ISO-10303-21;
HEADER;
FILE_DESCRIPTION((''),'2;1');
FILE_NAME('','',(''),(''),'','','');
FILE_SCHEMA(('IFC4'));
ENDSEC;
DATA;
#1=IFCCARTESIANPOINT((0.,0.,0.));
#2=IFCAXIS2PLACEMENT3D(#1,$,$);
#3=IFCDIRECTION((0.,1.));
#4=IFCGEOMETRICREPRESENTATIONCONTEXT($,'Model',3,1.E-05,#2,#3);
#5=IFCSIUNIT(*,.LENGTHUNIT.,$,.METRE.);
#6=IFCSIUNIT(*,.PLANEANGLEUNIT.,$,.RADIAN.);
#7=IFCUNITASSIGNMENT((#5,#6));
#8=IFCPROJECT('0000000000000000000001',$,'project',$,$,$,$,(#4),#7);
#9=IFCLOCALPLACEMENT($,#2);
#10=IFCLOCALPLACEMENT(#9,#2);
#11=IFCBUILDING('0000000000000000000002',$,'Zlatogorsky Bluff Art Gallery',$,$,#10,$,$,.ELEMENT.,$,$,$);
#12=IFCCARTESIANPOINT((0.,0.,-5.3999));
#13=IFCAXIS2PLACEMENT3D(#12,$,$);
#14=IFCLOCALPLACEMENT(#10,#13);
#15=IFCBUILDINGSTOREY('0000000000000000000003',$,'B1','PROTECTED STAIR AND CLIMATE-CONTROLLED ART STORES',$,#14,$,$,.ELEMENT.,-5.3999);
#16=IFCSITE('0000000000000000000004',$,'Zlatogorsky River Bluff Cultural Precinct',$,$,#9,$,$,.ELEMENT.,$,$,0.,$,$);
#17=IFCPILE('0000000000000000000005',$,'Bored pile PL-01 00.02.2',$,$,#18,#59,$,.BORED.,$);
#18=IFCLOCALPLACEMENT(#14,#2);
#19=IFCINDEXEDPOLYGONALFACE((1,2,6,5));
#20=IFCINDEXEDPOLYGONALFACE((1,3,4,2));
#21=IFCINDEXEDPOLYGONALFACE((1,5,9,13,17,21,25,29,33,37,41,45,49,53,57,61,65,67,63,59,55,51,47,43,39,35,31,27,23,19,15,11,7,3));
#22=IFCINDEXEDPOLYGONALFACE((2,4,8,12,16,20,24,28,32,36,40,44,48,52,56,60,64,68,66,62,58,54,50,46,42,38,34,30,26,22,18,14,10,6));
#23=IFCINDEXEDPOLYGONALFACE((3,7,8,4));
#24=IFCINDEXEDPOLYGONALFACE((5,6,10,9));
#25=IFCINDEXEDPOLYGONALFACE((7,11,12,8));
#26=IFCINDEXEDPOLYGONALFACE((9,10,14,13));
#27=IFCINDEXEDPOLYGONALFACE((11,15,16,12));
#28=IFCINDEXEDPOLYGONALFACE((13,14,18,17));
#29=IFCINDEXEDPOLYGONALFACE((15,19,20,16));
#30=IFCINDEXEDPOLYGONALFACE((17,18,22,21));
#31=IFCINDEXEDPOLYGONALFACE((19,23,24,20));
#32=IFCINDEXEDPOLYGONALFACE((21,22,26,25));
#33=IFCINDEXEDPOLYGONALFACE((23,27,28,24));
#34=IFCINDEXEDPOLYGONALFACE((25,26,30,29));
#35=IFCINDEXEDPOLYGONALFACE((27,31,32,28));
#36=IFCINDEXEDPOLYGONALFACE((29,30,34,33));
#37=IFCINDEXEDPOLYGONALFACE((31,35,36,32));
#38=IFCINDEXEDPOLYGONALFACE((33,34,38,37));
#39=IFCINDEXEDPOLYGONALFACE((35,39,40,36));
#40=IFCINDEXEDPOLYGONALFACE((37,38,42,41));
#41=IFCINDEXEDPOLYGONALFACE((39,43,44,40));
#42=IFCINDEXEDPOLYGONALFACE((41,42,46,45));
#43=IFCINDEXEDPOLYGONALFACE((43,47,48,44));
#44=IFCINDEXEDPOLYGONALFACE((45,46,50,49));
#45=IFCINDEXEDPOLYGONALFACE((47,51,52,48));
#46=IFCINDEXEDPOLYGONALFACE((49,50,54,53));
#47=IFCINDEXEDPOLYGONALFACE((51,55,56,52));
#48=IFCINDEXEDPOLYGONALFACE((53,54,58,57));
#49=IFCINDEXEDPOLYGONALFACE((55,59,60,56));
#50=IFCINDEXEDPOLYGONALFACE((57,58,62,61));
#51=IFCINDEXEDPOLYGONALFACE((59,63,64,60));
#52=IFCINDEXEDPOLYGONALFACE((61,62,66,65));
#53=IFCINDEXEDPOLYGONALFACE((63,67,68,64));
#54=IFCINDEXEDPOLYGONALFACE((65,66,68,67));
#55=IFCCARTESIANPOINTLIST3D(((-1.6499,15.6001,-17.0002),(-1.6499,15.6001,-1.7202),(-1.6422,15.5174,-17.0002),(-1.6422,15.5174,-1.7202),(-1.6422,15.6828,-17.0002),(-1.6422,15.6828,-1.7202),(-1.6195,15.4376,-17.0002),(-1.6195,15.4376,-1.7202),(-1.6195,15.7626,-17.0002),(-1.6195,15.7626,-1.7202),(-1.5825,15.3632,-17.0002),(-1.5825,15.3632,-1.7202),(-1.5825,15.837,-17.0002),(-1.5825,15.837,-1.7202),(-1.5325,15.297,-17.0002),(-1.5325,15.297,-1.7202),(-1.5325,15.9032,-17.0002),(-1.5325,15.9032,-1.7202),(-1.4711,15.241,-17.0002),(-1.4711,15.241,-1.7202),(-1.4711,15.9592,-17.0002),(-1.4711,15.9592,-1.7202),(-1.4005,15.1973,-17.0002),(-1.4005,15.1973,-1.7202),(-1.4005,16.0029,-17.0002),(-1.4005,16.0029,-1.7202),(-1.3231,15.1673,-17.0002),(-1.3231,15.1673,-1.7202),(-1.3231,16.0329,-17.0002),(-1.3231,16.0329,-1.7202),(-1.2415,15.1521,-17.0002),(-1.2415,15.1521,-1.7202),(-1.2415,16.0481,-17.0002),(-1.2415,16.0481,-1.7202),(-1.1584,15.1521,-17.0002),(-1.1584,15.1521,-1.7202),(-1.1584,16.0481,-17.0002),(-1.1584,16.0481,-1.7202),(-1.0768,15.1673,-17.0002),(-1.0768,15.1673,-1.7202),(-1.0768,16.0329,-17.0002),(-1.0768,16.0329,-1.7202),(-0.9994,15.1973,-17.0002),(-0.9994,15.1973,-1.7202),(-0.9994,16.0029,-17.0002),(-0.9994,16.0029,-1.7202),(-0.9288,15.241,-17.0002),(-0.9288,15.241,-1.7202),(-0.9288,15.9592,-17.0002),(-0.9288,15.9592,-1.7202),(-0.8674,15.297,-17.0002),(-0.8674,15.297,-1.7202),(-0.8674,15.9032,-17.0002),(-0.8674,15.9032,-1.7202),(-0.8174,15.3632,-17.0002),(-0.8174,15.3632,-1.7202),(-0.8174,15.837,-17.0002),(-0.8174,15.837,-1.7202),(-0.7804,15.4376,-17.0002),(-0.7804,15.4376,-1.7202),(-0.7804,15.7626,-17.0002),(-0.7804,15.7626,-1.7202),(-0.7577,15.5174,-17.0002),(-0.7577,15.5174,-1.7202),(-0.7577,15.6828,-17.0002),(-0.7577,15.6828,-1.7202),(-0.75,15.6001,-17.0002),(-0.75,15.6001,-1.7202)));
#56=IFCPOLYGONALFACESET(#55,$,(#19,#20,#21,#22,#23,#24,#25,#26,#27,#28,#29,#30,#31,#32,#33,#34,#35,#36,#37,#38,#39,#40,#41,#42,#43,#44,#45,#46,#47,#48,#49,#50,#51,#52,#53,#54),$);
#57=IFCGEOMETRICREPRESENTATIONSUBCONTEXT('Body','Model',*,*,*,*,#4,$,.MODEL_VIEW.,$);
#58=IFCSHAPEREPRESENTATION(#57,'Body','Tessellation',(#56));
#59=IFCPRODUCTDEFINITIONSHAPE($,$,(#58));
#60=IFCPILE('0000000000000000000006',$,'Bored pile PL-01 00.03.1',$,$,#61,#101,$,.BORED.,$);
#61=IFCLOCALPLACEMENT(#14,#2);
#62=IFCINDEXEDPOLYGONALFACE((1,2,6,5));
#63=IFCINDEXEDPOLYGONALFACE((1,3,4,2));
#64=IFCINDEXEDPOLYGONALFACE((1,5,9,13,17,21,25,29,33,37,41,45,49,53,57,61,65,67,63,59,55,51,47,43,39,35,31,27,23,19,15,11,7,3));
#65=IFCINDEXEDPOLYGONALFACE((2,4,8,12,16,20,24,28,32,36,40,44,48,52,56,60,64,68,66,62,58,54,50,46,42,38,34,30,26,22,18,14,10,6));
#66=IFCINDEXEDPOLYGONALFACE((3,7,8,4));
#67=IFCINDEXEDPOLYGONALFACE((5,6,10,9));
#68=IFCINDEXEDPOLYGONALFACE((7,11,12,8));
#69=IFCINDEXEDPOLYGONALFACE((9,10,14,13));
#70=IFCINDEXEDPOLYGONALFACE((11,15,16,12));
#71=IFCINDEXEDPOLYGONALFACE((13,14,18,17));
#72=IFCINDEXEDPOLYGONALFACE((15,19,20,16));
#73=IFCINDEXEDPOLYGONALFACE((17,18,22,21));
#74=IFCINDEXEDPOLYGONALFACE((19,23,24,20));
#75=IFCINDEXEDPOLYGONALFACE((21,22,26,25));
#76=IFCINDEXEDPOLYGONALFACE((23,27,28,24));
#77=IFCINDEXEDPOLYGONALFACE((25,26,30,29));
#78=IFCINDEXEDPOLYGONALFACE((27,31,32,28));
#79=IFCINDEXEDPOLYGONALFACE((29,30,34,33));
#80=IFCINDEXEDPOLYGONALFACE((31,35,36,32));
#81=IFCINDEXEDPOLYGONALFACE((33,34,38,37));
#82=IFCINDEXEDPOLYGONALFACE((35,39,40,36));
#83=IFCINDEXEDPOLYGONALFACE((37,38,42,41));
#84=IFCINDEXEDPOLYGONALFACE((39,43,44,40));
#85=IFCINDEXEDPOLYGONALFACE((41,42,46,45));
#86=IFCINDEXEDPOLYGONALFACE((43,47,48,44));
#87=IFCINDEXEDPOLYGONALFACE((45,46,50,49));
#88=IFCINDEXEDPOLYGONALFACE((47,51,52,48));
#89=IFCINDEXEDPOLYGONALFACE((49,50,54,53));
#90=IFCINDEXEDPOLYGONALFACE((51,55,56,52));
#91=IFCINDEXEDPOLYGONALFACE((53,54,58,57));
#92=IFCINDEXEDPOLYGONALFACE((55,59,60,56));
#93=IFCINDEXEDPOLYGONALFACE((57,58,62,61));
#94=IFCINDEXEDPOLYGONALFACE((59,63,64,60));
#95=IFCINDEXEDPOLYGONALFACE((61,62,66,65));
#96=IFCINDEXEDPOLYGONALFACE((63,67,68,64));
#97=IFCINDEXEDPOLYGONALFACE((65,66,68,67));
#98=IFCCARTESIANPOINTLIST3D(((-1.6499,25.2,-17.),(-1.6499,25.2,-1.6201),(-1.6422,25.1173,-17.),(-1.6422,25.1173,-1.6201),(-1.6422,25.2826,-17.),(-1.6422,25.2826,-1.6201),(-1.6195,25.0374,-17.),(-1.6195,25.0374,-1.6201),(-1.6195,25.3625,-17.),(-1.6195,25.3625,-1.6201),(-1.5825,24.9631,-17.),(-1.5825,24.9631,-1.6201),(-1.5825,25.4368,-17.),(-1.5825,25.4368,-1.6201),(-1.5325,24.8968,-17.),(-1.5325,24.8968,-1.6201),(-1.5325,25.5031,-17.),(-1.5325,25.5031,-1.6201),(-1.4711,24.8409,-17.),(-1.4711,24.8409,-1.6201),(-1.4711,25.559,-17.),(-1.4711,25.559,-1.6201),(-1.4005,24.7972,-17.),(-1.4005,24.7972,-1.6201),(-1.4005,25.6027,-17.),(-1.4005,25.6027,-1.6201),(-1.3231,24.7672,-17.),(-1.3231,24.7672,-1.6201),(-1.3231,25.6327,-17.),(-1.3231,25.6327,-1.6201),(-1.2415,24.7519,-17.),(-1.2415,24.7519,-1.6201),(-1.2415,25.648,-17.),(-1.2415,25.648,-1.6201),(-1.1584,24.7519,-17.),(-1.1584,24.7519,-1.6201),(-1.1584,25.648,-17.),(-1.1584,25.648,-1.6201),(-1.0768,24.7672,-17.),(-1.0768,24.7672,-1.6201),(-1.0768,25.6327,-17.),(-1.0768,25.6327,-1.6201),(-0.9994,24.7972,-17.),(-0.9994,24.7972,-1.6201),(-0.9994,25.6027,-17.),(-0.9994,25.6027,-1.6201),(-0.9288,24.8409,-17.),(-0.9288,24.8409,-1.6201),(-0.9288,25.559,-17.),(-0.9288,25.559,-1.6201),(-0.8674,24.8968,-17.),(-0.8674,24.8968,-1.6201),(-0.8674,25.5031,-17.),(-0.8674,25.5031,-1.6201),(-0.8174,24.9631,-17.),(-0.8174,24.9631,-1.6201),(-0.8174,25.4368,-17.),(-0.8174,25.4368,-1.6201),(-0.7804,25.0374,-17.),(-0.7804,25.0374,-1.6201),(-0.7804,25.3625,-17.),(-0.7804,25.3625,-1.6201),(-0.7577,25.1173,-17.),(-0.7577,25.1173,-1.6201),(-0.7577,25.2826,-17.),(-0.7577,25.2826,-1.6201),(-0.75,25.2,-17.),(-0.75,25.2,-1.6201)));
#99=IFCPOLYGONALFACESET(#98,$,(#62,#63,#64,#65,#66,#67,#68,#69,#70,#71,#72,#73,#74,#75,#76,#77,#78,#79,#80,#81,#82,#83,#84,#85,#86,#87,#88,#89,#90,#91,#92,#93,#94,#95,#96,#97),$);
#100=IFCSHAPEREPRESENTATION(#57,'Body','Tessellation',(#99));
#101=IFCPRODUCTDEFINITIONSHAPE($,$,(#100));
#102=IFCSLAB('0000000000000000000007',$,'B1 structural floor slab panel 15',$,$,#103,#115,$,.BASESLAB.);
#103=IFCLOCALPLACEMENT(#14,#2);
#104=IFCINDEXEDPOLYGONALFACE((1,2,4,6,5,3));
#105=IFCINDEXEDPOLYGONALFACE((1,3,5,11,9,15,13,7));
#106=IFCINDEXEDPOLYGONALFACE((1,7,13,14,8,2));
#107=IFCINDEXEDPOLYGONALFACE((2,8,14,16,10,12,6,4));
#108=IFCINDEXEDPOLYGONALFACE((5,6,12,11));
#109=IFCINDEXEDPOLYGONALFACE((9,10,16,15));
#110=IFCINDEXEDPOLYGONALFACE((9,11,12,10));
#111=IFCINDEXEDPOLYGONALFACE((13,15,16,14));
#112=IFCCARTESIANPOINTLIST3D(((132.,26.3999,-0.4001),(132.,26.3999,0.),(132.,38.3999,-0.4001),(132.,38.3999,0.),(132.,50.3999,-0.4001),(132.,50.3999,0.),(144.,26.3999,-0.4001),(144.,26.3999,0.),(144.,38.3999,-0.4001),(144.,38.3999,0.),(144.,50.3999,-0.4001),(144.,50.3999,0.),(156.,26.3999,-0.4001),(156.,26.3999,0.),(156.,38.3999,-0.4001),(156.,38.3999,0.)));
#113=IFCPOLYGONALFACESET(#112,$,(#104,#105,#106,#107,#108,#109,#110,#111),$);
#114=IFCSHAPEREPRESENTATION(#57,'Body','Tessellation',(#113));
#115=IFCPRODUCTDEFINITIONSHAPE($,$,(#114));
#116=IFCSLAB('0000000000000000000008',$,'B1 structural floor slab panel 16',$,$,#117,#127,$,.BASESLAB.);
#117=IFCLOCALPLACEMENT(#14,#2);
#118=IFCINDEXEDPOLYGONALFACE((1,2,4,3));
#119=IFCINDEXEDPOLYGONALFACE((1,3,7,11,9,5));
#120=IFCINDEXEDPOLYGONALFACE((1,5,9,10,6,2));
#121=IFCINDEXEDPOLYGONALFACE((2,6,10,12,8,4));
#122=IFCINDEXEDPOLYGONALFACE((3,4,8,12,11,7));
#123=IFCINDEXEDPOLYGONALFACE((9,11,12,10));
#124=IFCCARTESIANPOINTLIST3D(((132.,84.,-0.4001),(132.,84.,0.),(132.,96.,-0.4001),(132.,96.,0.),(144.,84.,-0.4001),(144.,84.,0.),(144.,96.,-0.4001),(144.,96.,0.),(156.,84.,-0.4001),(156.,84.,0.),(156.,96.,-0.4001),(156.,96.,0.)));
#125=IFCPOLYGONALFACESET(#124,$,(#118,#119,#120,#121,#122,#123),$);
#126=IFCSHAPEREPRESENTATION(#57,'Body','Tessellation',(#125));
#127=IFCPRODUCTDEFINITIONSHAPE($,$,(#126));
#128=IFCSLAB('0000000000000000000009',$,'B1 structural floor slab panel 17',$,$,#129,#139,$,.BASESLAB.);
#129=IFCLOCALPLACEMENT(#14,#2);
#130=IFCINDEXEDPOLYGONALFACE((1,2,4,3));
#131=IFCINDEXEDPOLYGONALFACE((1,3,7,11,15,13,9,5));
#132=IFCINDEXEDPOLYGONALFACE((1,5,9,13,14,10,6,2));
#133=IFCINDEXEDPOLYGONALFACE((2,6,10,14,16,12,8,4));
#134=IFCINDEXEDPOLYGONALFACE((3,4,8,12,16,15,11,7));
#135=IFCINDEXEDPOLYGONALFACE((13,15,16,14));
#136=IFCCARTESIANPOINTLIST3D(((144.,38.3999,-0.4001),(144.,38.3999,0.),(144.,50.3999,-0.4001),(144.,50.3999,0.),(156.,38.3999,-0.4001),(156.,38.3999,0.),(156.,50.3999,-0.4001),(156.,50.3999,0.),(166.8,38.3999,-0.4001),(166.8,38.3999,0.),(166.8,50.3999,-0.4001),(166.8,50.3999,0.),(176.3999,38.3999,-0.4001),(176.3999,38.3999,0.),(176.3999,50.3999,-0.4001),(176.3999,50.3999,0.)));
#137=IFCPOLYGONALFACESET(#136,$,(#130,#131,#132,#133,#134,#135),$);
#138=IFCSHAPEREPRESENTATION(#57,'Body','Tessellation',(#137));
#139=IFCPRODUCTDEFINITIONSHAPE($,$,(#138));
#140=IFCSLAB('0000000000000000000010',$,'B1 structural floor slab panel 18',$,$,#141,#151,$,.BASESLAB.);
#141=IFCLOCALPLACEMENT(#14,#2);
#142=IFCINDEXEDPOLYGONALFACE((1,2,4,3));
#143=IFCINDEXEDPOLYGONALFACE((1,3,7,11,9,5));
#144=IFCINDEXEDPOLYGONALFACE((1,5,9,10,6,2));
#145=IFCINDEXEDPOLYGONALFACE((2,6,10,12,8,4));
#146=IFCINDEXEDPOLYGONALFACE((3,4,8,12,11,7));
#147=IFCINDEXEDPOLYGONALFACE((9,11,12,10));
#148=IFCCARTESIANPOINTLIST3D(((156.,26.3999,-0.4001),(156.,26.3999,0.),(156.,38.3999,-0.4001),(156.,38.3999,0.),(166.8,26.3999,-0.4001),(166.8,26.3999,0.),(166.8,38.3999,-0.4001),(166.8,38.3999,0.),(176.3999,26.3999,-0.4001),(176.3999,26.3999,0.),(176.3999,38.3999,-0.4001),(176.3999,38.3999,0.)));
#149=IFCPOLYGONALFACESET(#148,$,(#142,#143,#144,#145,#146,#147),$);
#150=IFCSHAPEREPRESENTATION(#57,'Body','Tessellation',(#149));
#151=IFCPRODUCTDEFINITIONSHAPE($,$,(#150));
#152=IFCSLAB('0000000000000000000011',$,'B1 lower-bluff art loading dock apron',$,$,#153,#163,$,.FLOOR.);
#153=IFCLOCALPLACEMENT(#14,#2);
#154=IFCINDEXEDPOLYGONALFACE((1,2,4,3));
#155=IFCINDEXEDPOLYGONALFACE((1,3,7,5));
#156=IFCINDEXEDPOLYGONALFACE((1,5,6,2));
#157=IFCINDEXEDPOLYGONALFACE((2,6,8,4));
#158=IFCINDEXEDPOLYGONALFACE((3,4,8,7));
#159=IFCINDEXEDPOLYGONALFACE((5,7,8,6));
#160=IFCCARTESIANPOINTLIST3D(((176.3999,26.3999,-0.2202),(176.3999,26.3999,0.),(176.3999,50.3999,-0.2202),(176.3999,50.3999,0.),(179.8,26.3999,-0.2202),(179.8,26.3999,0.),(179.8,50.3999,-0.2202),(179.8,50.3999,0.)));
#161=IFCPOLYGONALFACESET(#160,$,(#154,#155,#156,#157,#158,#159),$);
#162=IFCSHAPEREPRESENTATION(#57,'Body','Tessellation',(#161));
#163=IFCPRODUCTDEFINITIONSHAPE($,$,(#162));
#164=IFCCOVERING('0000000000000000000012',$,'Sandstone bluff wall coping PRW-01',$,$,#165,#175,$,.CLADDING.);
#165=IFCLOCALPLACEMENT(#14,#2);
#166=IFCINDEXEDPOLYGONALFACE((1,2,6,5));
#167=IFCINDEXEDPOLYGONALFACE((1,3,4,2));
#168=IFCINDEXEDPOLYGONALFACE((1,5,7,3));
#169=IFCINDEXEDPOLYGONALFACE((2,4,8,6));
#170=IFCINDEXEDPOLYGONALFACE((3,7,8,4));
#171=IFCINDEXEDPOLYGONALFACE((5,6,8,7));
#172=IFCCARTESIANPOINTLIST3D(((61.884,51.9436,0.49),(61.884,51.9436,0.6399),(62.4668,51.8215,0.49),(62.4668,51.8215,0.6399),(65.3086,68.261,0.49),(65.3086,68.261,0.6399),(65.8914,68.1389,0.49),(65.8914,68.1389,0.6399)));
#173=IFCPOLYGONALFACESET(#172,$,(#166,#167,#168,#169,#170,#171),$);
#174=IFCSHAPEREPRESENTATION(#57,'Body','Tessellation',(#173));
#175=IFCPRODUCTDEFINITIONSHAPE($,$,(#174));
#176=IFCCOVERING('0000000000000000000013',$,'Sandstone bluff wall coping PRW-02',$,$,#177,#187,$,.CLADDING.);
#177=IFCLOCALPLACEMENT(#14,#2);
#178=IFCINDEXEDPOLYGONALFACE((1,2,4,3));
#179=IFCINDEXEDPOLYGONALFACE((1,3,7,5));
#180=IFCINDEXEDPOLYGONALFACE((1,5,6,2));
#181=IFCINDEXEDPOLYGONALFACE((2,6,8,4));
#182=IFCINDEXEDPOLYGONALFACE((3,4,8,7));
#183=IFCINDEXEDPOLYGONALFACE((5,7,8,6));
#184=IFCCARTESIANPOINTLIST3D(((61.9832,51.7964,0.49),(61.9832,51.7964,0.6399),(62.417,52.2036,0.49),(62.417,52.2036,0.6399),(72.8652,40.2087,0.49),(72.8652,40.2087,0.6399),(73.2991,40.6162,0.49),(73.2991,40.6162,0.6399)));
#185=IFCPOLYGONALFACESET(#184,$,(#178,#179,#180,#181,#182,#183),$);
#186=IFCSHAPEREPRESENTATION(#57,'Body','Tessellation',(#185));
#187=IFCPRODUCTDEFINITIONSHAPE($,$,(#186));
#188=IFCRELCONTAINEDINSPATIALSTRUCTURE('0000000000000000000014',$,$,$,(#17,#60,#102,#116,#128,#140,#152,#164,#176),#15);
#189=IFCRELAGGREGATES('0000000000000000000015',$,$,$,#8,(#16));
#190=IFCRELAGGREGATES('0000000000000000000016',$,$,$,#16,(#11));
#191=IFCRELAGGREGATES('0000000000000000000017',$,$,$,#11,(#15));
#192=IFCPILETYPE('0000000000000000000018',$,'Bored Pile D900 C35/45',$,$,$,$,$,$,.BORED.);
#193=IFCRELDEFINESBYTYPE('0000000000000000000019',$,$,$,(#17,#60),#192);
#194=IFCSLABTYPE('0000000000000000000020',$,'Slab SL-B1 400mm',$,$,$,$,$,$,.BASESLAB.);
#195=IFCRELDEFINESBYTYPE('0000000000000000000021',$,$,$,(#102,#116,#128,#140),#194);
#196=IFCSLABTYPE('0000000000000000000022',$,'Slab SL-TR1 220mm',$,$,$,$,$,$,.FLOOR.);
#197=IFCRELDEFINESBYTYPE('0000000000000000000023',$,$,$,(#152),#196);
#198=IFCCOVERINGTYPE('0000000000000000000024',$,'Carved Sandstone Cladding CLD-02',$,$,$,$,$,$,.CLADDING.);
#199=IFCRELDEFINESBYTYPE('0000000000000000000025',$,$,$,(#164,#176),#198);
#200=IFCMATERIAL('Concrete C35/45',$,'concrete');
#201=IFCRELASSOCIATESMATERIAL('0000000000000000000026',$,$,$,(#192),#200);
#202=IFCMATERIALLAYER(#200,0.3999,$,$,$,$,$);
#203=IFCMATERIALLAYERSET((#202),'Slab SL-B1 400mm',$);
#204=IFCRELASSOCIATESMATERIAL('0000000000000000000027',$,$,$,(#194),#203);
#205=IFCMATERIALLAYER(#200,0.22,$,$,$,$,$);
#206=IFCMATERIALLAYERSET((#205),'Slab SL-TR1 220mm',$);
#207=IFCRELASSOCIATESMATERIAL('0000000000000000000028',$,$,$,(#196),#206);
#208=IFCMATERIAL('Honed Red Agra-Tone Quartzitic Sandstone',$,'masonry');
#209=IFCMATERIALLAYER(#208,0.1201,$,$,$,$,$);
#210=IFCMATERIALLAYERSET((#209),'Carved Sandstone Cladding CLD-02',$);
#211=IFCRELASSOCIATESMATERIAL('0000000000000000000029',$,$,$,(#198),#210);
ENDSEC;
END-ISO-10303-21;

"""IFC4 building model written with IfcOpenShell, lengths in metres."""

from ifc_helpers import new_model, si_unit, direction, frame, origin, origin_2d, place, context, subcontext, project, spatial, polyline, circle, outline, extrude, material, layer, layer_set, material_profile, profile_set, type_object, element, save


model = new_model("IFC4")

# Units and contexts
model_context = context("Model", 3, precision=1e-05, world=origin(), true_north=direction((0.0, 1.0)))
body_context = subcontext(model_context, "Body", "Model", "MODEL_VIEW")
ifc_project = project(units=[si_unit("LENGTHUNIT", "METRE"), si_unit("PLANEANGLEUNIT", "RADIAN")], contexts=[model_context])

# Site, building, storey
site_placement = place(None, origin())
site = spatial("IfcSite", under=ifc_project, at=site_placement, Name="Zlatogorsky River Bluff Cultural Precinct", CompositionType="ELEMENT", RefElevation=0.0)
building_placement = place(site_placement, origin())
building = spatial("IfcBuilding", under=site, at=building_placement, Name="Zlatogorsky Bluff Art Gallery", CompositionType="ELEMENT")
storey_placement = place(building_placement, frame((0.0, 0.0, -5.3999)))
storey = spatial("IfcBuildingStorey", under=building, at=storey_placement, Name="B1", Description="PROTECTED STAIR AND CLIMATE-CONTROLLED ART STORES", CompositionType="ELEMENT", Elevation=-5.3999)

# Piles
ifc_material_1 = material(Name="Concrete C35/45", Category="concrete")
ifc_material_profile = material_profile(ifc_material_1, circle(Radius=0.45, at=origin_2d()), Name="BORED PILE D900")
ifc_profile_set = profile_set([ifc_material_profile], Name="Concrete C35/45")
pile_type = type_object("IfcPileType", Name="Bored Pile D900 C35/45", PredefinedType="BORED", material=ifc_profile_set)
for number, where, z_axis, x_axis, name in (
    (1, (-1.2, 15.6001, -1.7202), (0.0, 0.0, -1.0), (1.0, 0.0, 0.0), "Bored pile PL-01 00.02.2"),
):
    element("IfcPile", number, at=place(storey_placement, frame(where, z_axis=z_axis, x_axis=x_axis)), inside=storey, type_object=pile_type, Name=name, PredefinedType="BORED", context=body_context, shape_type="SweptSolid", body=[
        extrude(circle(Radius=0.45, at=origin_2d()), origin(), (0.0, 0.0, 1.0), 15.28),
    ])
pile_1_placement = place(storey_placement, frame((-1.2, 25.2, -1.6201), z_axis=(0.0, 0.0, -1.0), x_axis=(1.0, 0.0, 0.0)))
element("IfcPile", 2, at=pile_1_placement, inside=storey, type_object=pile_type, Name="Bored pile PL-01 00.03.1", PredefinedType="BORED", context=body_context, shape_type="SweptSolid", body=[
    extrude(circle(Radius=0.45, at=origin_2d()), origin(), (0.0, 0.0, 1.0), 15.3799),
])

# Slabs
ifc_layer_1 = layer(ifc_material_1, 0.3999)
ifc_layer_set_1 = layer_set([ifc_layer_1], Name="Slab SL-B1 400mm")
slab_type_1 = type_object("IfcSlabType", Name="Slab SL-B1 400mm", PredefinedType="BASESLAB", material=ifc_layer_set_1)
slab_1_placement = place(storey_placement, frame((0.0, 0.0, -0.4001)))
element("IfcSlab", 3, at=slab_1_placement, inside=storey, type_object=slab_type_1, Name="B1 structural floor slab panel 15", PredefinedType="BASESLAB", context=body_context, shape_type="SweptSolid", body=[
    extrude(outline(polyline([(132.0, 26.3999), (132.0, 38.3999), (132.0, 50.3999), (144.0, 50.3999), (144.0, 38.3999), (156.0, 38.3999), (156.0, 26.3999), (144.0, 26.3999), (132.0, 26.3999)])), origin(), (0.0, 0.0, 1.0), 0.4001),
])
slab_2_placement = place(storey_placement, frame((0.0, 0.0, -0.4001)))
element("IfcSlab", 4, at=slab_2_placement, inside=storey, type_object=slab_type_1, Name="B1 structural floor slab panel 16", PredefinedType="BASESLAB", context=body_context, shape_type="SweptSolid", body=[
    extrude(outline(polyline([(132.0, 84.0), (132.0, 96.0), (144.0, 96.0), (156.0, 96.0), (156.0, 84.0), (144.0, 84.0), (132.0, 84.0)])), origin(), (0.0, 0.0, 1.0), 0.4001),
])
slab_3_placement = place(storey_placement, frame((0.0, 0.0, -0.4001)))
element("IfcSlab", 5, at=slab_3_placement, inside=storey, type_object=slab_type_1, Name="B1 structural floor slab panel 17", PredefinedType="BASESLAB", context=body_context, shape_type="SweptSolid", body=[
    extrude(outline(polyline([(144.0, 38.3999), (144.0, 50.3999), (156.0, 50.3999), (166.8, 50.3999), (176.3999, 50.3999), (176.3999, 38.3999), (166.8, 38.3999), (156.0, 38.3999), (144.0, 38.3999)])), origin(), (0.0, 0.0, 1.0), 0.4001),
])
slab_4_placement = place(storey_placement, frame((0.0, 0.0, -0.4001)))
element("IfcSlab", 6, at=slab_4_placement, inside=storey, type_object=slab_type_1, Name="B1 structural floor slab panel 18", PredefinedType="BASESLAB", context=body_context, shape_type="SweptSolid", body=[
    extrude(outline(polyline([(156.0, 26.3999), (156.0, 38.3999), (166.8, 38.3999), (176.3999, 38.3999), (176.3999, 26.3999), (166.8, 26.3999), (156.0, 26.3999)])), origin(), (0.0, 0.0, 1.0), 0.4001),
])
ifc_layer_2 = layer(ifc_material_1, 0.22)
ifc_layer_set_2 = layer_set([ifc_layer_2], Name="Slab SL-TR1 220mm")
slab_type_2 = type_object("IfcSlabType", Name="Slab SL-TR1 220mm", PredefinedType="FLOOR", material=ifc_layer_set_2)
slab_5_placement = place(storey_placement, frame((0.0, 0.0, -0.2202)))
element("IfcSlab", 7, at=slab_5_placement, inside=storey, type_object=slab_type_2, Name="B1 lower-bluff art loading dock apron", PredefinedType="FLOOR", context=body_context, shape_type="SweptSolid", body=[
    extrude(outline(polyline([(176.3999, 26.3999), (179.8, 26.3999), (179.8, 50.3999), (176.3999, 50.3999), (176.3999, 26.3999)])), origin(), (0.0, 0.0, 1.0), 0.2202),
])

# Coverings
ifc_material_2 = material(Name="Honed Red Agra-Tone Quartzitic Sandstone", Category="masonry")
ifc_layer_3 = layer(ifc_material_2, 0.1201)
ifc_layer_set_3 = layer_set([ifc_layer_3], Name="Carved Sandstone Cladding CLD-02")
covering_type_1 = type_object("IfcCoveringType", Name="Carved Sandstone Cladding CLD-02", PredefinedType="CLADDING", material=ifc_layer_set_3)
covering_1_placement = place(storey_placement, frame((0.0, 0.0, 0.49)))
element("IfcCovering", 8, at=covering_1_placement, inside=storey, type_object=covering_type_1, Name="Sandstone bluff wall coping PRW-01", PredefinedType="CLADDING", context=body_context, shape_type="SweptSolid", body=[
    extrude(outline(polyline([(65.3086, 68.261), (61.884, 51.9436), (62.4668, 51.8215), (65.8914, 68.1389), (65.3086, 68.261)])), origin(), (0.0, 0.0, 1.0), 0.1499),
])
covering_2_placement = place(storey_placement, frame((0.0, 0.0, 0.49)))
element("IfcCovering", 9, at=covering_2_placement, inside=storey, type_object=covering_type_1, Name="Sandstone bluff wall coping PRW-02", PredefinedType="CLADDING", context=body_context, shape_type="SweptSolid", body=[
    extrude(outline(polyline([(61.9832, 51.7964), (72.8652, 40.2087), (73.2991, 40.6162), (62.417, 52.2036), (61.9832, 51.7964)])), origin(), (0.0, 0.0, 1.0), 0.1499),
])

save(model, "model.ifc")
